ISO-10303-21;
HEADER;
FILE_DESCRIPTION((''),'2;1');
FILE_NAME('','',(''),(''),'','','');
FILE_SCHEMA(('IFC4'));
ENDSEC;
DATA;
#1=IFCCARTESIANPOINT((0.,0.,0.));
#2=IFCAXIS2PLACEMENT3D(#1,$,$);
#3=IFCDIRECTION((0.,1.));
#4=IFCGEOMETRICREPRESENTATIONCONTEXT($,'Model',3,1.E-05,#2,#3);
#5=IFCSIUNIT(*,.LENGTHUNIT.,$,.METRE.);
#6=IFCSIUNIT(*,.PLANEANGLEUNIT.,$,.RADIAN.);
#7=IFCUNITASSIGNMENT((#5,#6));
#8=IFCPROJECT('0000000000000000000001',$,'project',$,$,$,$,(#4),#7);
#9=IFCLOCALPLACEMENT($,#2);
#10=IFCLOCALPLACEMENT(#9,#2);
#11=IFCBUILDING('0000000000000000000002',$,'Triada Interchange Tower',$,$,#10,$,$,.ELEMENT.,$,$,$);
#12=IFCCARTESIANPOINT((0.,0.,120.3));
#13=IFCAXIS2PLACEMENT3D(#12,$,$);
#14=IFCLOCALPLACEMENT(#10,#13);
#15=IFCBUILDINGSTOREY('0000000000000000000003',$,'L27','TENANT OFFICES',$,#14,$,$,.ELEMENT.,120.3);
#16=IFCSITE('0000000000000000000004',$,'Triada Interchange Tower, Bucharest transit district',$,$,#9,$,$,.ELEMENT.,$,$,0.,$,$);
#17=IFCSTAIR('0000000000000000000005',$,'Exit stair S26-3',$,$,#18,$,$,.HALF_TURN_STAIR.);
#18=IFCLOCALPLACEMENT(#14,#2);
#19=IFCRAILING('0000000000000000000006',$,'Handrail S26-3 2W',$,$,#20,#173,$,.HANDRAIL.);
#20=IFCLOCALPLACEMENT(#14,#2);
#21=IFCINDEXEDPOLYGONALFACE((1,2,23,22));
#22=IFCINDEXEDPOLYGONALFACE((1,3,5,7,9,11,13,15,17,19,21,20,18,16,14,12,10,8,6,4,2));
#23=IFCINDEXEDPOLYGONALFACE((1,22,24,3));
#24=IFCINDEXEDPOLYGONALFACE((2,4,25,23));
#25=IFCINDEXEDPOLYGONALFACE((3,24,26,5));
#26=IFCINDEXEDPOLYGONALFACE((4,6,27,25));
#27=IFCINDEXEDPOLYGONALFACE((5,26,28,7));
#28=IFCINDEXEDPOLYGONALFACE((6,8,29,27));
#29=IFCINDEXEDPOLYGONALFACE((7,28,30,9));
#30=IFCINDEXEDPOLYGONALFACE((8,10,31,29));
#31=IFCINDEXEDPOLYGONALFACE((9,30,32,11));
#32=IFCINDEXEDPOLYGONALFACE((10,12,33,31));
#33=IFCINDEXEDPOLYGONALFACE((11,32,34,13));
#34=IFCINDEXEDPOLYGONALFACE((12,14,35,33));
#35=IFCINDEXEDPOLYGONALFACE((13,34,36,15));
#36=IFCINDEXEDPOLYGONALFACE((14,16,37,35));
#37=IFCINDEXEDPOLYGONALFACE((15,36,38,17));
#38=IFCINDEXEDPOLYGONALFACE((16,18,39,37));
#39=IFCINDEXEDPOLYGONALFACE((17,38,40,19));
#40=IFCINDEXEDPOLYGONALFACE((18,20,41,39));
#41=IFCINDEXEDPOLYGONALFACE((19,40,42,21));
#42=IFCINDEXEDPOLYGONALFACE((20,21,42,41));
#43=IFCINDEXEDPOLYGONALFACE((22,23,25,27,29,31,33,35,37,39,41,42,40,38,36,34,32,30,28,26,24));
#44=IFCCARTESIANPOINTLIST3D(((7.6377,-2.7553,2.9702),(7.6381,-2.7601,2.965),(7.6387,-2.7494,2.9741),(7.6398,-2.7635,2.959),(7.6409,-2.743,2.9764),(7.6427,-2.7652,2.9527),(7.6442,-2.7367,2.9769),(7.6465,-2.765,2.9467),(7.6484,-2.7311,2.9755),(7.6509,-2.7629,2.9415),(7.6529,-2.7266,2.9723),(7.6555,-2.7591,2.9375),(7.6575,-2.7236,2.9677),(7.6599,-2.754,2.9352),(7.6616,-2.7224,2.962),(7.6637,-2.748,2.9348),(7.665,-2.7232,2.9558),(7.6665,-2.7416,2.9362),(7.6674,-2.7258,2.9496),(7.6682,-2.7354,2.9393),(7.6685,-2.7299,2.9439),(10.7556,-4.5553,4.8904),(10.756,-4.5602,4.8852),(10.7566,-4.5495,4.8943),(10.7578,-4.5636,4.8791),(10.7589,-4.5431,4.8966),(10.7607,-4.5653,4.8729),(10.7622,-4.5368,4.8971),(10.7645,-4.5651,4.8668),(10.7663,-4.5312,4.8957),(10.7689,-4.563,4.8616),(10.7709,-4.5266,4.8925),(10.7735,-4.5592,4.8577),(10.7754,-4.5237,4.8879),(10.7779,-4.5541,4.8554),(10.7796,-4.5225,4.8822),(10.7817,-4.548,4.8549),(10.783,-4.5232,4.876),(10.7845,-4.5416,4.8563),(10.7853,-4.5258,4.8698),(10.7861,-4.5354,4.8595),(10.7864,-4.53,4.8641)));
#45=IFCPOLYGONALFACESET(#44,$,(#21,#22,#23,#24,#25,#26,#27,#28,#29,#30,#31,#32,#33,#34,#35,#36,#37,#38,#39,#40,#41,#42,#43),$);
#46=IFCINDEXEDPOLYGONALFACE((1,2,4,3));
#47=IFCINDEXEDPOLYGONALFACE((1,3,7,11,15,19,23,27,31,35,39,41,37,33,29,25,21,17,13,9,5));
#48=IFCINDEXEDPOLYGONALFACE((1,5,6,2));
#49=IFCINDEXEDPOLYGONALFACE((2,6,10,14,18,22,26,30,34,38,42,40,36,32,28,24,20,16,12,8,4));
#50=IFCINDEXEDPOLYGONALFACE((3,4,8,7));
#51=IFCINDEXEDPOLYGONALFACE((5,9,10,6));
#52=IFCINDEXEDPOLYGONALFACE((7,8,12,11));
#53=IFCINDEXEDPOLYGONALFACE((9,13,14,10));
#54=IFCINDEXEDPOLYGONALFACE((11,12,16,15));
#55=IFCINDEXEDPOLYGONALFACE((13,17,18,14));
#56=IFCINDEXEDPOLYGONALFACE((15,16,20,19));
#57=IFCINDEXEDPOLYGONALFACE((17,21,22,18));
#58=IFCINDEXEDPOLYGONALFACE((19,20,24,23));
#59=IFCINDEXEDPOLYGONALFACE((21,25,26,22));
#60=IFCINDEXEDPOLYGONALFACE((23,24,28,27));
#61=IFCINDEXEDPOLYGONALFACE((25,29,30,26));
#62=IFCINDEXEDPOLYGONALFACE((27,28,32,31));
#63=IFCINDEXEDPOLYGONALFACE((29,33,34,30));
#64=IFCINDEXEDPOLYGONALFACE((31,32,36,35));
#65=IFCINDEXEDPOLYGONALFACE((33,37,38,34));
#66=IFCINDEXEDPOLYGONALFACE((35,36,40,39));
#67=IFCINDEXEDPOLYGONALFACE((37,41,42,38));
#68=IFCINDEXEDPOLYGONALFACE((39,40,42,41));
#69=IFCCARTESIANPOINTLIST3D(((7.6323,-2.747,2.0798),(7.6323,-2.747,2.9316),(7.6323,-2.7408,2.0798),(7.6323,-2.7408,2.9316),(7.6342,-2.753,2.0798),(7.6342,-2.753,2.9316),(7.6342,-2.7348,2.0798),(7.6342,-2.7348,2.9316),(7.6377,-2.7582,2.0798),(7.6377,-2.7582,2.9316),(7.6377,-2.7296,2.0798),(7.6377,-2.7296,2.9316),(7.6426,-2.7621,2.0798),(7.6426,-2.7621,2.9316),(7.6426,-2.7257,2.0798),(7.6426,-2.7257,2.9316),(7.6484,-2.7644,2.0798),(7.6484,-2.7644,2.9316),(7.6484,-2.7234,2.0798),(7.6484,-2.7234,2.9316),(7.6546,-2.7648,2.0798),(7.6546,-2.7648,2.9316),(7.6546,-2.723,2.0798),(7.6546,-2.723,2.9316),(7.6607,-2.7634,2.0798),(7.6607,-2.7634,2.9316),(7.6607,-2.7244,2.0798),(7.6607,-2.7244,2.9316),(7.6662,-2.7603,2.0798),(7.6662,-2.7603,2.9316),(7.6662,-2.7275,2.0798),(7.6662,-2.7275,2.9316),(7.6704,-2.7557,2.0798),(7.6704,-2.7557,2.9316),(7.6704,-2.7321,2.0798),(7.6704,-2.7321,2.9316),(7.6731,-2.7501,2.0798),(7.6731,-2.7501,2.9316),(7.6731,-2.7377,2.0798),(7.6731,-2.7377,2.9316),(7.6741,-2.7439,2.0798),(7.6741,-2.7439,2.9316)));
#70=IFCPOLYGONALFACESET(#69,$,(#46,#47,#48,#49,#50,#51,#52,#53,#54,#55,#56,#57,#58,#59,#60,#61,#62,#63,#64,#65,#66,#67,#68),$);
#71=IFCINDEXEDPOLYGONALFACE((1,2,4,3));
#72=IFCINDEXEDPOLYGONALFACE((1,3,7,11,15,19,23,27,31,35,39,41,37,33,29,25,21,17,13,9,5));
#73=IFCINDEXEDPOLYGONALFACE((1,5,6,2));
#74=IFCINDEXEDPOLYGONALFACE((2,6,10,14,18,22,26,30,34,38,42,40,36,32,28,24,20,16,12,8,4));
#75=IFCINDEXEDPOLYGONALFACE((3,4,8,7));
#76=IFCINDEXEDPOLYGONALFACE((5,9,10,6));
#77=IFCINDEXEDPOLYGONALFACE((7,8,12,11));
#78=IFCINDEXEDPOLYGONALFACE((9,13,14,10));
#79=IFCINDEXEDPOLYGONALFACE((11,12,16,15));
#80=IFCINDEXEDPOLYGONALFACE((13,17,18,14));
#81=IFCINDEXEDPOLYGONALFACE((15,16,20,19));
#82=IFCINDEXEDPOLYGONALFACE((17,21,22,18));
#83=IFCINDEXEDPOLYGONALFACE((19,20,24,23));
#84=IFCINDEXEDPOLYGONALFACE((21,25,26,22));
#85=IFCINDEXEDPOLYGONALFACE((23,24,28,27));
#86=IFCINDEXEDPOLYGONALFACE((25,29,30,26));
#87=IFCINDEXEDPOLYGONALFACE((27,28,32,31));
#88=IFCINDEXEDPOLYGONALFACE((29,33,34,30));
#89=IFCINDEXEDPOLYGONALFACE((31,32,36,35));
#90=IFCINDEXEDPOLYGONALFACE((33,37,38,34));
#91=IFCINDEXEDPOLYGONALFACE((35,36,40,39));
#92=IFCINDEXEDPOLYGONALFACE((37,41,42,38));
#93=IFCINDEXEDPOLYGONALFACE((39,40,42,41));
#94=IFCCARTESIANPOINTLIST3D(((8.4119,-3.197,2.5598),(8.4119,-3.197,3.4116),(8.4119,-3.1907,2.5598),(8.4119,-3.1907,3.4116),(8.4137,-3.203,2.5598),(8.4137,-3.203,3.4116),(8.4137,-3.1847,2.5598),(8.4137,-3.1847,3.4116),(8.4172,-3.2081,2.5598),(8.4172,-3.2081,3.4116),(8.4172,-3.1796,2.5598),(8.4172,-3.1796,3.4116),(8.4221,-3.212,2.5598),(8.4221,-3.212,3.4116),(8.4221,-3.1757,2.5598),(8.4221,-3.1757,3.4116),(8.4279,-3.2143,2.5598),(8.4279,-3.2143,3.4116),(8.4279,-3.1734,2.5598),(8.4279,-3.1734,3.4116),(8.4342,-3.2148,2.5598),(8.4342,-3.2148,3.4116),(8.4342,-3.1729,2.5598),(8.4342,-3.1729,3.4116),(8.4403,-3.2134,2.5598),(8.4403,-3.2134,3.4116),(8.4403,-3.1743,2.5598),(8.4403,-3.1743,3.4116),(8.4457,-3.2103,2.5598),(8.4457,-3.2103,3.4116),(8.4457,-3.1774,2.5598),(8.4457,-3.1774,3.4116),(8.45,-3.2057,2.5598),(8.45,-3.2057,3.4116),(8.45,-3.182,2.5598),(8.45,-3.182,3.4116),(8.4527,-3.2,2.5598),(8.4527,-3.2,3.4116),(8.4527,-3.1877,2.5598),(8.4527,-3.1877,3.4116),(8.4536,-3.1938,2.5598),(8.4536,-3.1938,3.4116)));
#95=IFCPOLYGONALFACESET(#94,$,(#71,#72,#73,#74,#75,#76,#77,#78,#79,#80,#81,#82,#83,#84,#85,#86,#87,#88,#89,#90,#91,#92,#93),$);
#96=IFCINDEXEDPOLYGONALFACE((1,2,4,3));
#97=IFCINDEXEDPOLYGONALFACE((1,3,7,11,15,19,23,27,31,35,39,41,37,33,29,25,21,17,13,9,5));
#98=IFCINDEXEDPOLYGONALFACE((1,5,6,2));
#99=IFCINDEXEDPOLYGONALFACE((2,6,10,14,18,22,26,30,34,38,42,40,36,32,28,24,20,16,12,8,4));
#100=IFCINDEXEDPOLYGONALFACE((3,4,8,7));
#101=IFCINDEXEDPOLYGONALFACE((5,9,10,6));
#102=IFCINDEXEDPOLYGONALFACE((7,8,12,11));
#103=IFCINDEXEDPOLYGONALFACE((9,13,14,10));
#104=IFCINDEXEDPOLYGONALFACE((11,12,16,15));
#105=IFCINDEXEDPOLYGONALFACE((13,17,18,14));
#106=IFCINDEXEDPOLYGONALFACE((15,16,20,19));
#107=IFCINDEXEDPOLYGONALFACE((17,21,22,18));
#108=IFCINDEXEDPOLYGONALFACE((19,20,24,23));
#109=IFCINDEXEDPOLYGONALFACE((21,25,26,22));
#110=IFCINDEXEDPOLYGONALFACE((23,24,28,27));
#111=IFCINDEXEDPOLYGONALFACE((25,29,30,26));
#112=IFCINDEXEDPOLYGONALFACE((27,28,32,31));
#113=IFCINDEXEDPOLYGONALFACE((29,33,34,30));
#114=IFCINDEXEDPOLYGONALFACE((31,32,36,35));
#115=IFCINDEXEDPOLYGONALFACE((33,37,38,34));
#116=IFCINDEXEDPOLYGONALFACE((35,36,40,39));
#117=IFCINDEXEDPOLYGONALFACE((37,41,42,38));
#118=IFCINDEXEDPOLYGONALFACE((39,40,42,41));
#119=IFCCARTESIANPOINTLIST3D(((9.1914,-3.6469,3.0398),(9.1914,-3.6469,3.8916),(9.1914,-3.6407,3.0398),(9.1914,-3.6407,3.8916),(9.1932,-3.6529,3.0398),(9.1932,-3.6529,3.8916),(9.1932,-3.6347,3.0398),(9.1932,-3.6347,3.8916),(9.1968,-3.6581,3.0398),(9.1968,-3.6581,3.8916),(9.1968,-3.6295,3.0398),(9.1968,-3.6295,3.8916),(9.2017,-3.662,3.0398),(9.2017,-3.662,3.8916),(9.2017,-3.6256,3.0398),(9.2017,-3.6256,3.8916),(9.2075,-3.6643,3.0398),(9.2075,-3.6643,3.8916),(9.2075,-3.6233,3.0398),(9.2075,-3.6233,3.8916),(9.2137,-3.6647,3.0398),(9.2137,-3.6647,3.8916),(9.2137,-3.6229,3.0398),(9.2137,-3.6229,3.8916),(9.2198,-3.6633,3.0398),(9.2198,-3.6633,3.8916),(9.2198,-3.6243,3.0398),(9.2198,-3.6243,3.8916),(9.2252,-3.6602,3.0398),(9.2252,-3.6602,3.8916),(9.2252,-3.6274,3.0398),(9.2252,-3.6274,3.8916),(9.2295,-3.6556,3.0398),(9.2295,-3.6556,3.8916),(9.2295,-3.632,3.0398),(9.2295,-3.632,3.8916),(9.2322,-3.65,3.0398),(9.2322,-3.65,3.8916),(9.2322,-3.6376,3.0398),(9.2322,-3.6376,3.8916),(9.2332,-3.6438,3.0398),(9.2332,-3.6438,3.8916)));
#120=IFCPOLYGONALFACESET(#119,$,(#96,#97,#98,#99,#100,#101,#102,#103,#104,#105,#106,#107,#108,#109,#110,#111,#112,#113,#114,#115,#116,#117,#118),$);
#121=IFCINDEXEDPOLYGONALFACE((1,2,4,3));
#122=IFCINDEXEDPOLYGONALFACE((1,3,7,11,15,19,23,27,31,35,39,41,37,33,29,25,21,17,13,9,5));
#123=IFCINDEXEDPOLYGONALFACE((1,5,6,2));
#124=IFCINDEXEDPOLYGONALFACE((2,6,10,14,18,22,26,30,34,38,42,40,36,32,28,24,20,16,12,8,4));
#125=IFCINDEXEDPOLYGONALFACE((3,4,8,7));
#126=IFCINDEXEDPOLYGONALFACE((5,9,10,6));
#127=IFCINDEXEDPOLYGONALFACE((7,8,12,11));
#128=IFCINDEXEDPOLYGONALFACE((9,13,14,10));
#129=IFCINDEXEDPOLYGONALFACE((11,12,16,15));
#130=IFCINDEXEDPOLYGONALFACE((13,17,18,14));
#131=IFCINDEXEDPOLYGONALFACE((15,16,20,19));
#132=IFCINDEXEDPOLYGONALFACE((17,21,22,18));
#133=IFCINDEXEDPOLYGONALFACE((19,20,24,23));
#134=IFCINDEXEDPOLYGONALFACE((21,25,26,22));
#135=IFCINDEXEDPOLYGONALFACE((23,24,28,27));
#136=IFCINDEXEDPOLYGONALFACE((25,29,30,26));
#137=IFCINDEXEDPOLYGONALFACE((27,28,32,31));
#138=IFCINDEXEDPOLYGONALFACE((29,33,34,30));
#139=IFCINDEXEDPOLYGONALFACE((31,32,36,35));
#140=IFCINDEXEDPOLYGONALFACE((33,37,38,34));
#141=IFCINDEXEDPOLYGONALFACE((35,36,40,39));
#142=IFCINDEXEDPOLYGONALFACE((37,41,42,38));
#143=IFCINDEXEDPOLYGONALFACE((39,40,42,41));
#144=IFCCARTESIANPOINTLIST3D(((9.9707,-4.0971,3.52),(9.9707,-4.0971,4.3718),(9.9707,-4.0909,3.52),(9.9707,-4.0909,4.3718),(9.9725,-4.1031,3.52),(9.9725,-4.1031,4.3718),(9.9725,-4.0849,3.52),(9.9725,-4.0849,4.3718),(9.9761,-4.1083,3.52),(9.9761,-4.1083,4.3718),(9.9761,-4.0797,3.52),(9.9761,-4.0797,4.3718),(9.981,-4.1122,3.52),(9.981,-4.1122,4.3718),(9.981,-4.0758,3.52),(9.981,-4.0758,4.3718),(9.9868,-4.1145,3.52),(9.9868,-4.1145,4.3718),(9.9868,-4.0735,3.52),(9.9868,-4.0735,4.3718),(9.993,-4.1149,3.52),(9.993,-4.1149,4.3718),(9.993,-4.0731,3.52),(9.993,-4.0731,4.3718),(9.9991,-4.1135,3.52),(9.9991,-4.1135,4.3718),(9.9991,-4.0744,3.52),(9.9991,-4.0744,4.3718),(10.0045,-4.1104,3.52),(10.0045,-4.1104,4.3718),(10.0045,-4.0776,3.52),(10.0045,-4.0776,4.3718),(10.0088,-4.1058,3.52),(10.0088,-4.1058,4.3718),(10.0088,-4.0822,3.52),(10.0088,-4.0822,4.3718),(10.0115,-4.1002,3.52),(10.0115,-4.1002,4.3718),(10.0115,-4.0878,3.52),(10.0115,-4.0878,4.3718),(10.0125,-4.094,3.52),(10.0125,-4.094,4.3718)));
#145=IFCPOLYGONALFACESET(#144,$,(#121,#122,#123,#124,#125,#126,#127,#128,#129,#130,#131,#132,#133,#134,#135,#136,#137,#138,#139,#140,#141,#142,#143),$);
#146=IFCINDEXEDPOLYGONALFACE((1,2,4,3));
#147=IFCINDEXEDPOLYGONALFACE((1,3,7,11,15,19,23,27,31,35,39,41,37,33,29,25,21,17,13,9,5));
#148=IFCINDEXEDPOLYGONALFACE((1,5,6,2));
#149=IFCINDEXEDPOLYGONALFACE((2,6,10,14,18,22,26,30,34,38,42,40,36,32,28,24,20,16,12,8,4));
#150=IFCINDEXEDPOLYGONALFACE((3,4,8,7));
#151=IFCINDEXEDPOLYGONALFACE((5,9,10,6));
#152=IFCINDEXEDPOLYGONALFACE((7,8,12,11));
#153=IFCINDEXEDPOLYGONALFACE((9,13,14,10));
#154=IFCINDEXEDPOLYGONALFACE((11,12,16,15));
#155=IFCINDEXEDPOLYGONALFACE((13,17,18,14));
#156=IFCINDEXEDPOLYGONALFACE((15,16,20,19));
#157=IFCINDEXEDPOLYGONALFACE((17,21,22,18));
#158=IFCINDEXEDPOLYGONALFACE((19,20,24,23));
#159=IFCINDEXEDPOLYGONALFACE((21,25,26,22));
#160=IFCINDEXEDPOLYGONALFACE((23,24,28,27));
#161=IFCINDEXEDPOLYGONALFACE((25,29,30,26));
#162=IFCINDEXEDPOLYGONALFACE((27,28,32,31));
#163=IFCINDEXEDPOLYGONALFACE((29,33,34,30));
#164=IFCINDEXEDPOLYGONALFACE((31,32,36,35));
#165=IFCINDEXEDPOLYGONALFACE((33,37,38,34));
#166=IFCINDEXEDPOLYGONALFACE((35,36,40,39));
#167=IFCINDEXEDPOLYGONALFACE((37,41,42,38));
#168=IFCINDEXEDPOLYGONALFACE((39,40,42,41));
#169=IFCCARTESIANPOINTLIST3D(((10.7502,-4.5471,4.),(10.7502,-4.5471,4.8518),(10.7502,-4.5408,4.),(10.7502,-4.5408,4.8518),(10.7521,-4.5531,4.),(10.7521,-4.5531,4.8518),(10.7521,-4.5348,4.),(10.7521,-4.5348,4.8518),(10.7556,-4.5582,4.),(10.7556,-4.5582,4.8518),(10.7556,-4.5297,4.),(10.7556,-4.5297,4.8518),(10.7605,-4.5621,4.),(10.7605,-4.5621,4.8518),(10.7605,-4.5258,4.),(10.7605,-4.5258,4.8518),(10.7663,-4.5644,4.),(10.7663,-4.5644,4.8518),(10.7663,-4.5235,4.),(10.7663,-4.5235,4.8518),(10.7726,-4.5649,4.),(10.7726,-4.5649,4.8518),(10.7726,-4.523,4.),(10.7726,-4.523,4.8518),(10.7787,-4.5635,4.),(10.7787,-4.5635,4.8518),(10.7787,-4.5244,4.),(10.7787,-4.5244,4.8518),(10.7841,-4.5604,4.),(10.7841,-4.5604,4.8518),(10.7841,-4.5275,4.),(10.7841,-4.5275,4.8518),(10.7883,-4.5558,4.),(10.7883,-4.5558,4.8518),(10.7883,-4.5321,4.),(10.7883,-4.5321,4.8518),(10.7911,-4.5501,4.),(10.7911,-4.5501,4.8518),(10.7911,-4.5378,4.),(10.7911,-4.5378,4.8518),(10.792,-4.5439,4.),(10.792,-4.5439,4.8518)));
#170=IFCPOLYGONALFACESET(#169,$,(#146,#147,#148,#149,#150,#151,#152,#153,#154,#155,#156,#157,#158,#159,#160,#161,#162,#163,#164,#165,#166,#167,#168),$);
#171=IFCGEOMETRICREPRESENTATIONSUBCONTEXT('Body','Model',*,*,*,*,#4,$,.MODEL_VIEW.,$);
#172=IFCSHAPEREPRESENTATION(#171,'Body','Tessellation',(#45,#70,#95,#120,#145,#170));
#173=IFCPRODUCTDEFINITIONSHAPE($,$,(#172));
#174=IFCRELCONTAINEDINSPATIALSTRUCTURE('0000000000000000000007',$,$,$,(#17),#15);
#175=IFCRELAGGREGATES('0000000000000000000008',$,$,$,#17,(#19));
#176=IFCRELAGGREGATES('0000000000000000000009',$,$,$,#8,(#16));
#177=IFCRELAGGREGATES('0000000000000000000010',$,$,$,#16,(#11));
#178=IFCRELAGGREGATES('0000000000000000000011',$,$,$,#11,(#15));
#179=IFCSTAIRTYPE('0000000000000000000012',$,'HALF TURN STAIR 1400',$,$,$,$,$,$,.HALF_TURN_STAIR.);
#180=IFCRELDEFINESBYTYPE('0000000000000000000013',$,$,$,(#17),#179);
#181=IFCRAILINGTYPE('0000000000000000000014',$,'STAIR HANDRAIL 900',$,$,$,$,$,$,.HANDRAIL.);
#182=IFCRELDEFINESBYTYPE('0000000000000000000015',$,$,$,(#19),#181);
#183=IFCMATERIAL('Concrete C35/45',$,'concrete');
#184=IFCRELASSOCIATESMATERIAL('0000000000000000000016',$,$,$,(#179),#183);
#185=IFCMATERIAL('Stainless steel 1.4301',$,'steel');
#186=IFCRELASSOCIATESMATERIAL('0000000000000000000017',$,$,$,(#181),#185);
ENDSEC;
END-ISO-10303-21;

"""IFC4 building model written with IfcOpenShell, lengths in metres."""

from ifc_helpers import new_model, si_unit, direction, frame, origin, origin_2d, place, context, subcontext, project, spatial, circle, extrude, material, type_object, element, aggregate, save


model = new_model("IFC4")

# Units and contexts
model_context = context("Model", 3, precision=1e-05, world=origin(), true_north=direction((0.0, 1.0)))
body_context = subcontext(model_context, "Body", "Model", "MODEL_VIEW")
ifc_project = project(units=[si_unit("LENGTHUNIT", "METRE"), si_unit("PLANEANGLEUNIT", "RADIAN")], contexts=[model_context])

# Site, building, storey
site_placement = place(None, origin())
site = spatial("IfcSite", under=ifc_project, at=site_placement, Name="Triada Interchange Tower, Bucharest transit district", CompositionType="ELEMENT", RefElevation=0.0)
building_placement = place(site_placement, origin())
building = spatial("IfcBuilding", under=site, at=building_placement, Name="Triada Interchange Tower", CompositionType="ELEMENT")
storey_placement = place(building_placement, frame((0.0, 0.0, 120.3)))
storey = spatial("IfcBuildingStorey", under=building, at=storey_placement, Name="L27", Description="TENANT OFFICES", CompositionType="ELEMENT", Elevation=120.3)

# Stair, railing
ifc_material_1 = material(Name="Concrete C35/45", Category="concrete")
stair_type = type_object("IfcStairType", Name="HALF TURN STAIR 1400", PredefinedType="HALF_TURN_STAIR", material=ifc_material_1)
stair_placement = place(storey_placement, origin())
stair = element("IfcStair", 1, at=stair_placement, inside=storey, type_object=stair_type, Name="Exit stair S26-3", PredefinedType="HALF_TURN_STAIR")
ifc_material_2 = material(Name="Stainless steel 1.4301", Category="steel")
railing_type = type_object("IfcRailingType", Name="STAIR HANDRAIL 900", PredefinedType="HANDRAIL", material=ifc_material_2)
railing_1_placement = place(storey_placement, frame((7.6531, -2.7439, 2.0798)))
railing_1 = element("IfcRailing", 2, at=railing_1_placement, type_object=railing_type, Name="Handrail S26-3 2W", PredefinedType="HANDRAIL", context=body_context, shape_type="SweptSolid", body=[
    extrude(circle(Radius=0.0239, at=origin_2d()), frame((0.0, 0.0, 0.876), z_axis=(0.764145, -0.441159, 0.470597), x_axis=(0.499983, 0.866035, 0.0)), (0.0, 0.0, 1.0), 4.0803),
    extrude(circle(Radius=0.021, at=origin_2d()), origin(), (0.0, 0.0, 1.0), 0.8518),
    extrude(circle(Radius=0.021, at=origin_2d()), frame((0.7795, -0.45, 0.48)), (0.0, 0.0, 1.0), 0.8518),
    extrude(circle(Radius=0.021, at=origin_2d()), frame((1.5591, -0.8999, 0.96)), (0.0, 0.0, 1.0), 0.8518),
    extrude(circle(Radius=0.021, at=origin_2d()), frame((2.3384, -1.3501, 1.4402)), (0.0, 0.0, 1.0), 0.8518),
    extrude(circle(Radius=0.021, at=origin_2d()), frame((3.1179, -1.8, 1.9202)), (0.0, 0.0, 1.0), 0.8518),
])
aggregate(stair, [railing_1])

save(model, "model.ifc")
